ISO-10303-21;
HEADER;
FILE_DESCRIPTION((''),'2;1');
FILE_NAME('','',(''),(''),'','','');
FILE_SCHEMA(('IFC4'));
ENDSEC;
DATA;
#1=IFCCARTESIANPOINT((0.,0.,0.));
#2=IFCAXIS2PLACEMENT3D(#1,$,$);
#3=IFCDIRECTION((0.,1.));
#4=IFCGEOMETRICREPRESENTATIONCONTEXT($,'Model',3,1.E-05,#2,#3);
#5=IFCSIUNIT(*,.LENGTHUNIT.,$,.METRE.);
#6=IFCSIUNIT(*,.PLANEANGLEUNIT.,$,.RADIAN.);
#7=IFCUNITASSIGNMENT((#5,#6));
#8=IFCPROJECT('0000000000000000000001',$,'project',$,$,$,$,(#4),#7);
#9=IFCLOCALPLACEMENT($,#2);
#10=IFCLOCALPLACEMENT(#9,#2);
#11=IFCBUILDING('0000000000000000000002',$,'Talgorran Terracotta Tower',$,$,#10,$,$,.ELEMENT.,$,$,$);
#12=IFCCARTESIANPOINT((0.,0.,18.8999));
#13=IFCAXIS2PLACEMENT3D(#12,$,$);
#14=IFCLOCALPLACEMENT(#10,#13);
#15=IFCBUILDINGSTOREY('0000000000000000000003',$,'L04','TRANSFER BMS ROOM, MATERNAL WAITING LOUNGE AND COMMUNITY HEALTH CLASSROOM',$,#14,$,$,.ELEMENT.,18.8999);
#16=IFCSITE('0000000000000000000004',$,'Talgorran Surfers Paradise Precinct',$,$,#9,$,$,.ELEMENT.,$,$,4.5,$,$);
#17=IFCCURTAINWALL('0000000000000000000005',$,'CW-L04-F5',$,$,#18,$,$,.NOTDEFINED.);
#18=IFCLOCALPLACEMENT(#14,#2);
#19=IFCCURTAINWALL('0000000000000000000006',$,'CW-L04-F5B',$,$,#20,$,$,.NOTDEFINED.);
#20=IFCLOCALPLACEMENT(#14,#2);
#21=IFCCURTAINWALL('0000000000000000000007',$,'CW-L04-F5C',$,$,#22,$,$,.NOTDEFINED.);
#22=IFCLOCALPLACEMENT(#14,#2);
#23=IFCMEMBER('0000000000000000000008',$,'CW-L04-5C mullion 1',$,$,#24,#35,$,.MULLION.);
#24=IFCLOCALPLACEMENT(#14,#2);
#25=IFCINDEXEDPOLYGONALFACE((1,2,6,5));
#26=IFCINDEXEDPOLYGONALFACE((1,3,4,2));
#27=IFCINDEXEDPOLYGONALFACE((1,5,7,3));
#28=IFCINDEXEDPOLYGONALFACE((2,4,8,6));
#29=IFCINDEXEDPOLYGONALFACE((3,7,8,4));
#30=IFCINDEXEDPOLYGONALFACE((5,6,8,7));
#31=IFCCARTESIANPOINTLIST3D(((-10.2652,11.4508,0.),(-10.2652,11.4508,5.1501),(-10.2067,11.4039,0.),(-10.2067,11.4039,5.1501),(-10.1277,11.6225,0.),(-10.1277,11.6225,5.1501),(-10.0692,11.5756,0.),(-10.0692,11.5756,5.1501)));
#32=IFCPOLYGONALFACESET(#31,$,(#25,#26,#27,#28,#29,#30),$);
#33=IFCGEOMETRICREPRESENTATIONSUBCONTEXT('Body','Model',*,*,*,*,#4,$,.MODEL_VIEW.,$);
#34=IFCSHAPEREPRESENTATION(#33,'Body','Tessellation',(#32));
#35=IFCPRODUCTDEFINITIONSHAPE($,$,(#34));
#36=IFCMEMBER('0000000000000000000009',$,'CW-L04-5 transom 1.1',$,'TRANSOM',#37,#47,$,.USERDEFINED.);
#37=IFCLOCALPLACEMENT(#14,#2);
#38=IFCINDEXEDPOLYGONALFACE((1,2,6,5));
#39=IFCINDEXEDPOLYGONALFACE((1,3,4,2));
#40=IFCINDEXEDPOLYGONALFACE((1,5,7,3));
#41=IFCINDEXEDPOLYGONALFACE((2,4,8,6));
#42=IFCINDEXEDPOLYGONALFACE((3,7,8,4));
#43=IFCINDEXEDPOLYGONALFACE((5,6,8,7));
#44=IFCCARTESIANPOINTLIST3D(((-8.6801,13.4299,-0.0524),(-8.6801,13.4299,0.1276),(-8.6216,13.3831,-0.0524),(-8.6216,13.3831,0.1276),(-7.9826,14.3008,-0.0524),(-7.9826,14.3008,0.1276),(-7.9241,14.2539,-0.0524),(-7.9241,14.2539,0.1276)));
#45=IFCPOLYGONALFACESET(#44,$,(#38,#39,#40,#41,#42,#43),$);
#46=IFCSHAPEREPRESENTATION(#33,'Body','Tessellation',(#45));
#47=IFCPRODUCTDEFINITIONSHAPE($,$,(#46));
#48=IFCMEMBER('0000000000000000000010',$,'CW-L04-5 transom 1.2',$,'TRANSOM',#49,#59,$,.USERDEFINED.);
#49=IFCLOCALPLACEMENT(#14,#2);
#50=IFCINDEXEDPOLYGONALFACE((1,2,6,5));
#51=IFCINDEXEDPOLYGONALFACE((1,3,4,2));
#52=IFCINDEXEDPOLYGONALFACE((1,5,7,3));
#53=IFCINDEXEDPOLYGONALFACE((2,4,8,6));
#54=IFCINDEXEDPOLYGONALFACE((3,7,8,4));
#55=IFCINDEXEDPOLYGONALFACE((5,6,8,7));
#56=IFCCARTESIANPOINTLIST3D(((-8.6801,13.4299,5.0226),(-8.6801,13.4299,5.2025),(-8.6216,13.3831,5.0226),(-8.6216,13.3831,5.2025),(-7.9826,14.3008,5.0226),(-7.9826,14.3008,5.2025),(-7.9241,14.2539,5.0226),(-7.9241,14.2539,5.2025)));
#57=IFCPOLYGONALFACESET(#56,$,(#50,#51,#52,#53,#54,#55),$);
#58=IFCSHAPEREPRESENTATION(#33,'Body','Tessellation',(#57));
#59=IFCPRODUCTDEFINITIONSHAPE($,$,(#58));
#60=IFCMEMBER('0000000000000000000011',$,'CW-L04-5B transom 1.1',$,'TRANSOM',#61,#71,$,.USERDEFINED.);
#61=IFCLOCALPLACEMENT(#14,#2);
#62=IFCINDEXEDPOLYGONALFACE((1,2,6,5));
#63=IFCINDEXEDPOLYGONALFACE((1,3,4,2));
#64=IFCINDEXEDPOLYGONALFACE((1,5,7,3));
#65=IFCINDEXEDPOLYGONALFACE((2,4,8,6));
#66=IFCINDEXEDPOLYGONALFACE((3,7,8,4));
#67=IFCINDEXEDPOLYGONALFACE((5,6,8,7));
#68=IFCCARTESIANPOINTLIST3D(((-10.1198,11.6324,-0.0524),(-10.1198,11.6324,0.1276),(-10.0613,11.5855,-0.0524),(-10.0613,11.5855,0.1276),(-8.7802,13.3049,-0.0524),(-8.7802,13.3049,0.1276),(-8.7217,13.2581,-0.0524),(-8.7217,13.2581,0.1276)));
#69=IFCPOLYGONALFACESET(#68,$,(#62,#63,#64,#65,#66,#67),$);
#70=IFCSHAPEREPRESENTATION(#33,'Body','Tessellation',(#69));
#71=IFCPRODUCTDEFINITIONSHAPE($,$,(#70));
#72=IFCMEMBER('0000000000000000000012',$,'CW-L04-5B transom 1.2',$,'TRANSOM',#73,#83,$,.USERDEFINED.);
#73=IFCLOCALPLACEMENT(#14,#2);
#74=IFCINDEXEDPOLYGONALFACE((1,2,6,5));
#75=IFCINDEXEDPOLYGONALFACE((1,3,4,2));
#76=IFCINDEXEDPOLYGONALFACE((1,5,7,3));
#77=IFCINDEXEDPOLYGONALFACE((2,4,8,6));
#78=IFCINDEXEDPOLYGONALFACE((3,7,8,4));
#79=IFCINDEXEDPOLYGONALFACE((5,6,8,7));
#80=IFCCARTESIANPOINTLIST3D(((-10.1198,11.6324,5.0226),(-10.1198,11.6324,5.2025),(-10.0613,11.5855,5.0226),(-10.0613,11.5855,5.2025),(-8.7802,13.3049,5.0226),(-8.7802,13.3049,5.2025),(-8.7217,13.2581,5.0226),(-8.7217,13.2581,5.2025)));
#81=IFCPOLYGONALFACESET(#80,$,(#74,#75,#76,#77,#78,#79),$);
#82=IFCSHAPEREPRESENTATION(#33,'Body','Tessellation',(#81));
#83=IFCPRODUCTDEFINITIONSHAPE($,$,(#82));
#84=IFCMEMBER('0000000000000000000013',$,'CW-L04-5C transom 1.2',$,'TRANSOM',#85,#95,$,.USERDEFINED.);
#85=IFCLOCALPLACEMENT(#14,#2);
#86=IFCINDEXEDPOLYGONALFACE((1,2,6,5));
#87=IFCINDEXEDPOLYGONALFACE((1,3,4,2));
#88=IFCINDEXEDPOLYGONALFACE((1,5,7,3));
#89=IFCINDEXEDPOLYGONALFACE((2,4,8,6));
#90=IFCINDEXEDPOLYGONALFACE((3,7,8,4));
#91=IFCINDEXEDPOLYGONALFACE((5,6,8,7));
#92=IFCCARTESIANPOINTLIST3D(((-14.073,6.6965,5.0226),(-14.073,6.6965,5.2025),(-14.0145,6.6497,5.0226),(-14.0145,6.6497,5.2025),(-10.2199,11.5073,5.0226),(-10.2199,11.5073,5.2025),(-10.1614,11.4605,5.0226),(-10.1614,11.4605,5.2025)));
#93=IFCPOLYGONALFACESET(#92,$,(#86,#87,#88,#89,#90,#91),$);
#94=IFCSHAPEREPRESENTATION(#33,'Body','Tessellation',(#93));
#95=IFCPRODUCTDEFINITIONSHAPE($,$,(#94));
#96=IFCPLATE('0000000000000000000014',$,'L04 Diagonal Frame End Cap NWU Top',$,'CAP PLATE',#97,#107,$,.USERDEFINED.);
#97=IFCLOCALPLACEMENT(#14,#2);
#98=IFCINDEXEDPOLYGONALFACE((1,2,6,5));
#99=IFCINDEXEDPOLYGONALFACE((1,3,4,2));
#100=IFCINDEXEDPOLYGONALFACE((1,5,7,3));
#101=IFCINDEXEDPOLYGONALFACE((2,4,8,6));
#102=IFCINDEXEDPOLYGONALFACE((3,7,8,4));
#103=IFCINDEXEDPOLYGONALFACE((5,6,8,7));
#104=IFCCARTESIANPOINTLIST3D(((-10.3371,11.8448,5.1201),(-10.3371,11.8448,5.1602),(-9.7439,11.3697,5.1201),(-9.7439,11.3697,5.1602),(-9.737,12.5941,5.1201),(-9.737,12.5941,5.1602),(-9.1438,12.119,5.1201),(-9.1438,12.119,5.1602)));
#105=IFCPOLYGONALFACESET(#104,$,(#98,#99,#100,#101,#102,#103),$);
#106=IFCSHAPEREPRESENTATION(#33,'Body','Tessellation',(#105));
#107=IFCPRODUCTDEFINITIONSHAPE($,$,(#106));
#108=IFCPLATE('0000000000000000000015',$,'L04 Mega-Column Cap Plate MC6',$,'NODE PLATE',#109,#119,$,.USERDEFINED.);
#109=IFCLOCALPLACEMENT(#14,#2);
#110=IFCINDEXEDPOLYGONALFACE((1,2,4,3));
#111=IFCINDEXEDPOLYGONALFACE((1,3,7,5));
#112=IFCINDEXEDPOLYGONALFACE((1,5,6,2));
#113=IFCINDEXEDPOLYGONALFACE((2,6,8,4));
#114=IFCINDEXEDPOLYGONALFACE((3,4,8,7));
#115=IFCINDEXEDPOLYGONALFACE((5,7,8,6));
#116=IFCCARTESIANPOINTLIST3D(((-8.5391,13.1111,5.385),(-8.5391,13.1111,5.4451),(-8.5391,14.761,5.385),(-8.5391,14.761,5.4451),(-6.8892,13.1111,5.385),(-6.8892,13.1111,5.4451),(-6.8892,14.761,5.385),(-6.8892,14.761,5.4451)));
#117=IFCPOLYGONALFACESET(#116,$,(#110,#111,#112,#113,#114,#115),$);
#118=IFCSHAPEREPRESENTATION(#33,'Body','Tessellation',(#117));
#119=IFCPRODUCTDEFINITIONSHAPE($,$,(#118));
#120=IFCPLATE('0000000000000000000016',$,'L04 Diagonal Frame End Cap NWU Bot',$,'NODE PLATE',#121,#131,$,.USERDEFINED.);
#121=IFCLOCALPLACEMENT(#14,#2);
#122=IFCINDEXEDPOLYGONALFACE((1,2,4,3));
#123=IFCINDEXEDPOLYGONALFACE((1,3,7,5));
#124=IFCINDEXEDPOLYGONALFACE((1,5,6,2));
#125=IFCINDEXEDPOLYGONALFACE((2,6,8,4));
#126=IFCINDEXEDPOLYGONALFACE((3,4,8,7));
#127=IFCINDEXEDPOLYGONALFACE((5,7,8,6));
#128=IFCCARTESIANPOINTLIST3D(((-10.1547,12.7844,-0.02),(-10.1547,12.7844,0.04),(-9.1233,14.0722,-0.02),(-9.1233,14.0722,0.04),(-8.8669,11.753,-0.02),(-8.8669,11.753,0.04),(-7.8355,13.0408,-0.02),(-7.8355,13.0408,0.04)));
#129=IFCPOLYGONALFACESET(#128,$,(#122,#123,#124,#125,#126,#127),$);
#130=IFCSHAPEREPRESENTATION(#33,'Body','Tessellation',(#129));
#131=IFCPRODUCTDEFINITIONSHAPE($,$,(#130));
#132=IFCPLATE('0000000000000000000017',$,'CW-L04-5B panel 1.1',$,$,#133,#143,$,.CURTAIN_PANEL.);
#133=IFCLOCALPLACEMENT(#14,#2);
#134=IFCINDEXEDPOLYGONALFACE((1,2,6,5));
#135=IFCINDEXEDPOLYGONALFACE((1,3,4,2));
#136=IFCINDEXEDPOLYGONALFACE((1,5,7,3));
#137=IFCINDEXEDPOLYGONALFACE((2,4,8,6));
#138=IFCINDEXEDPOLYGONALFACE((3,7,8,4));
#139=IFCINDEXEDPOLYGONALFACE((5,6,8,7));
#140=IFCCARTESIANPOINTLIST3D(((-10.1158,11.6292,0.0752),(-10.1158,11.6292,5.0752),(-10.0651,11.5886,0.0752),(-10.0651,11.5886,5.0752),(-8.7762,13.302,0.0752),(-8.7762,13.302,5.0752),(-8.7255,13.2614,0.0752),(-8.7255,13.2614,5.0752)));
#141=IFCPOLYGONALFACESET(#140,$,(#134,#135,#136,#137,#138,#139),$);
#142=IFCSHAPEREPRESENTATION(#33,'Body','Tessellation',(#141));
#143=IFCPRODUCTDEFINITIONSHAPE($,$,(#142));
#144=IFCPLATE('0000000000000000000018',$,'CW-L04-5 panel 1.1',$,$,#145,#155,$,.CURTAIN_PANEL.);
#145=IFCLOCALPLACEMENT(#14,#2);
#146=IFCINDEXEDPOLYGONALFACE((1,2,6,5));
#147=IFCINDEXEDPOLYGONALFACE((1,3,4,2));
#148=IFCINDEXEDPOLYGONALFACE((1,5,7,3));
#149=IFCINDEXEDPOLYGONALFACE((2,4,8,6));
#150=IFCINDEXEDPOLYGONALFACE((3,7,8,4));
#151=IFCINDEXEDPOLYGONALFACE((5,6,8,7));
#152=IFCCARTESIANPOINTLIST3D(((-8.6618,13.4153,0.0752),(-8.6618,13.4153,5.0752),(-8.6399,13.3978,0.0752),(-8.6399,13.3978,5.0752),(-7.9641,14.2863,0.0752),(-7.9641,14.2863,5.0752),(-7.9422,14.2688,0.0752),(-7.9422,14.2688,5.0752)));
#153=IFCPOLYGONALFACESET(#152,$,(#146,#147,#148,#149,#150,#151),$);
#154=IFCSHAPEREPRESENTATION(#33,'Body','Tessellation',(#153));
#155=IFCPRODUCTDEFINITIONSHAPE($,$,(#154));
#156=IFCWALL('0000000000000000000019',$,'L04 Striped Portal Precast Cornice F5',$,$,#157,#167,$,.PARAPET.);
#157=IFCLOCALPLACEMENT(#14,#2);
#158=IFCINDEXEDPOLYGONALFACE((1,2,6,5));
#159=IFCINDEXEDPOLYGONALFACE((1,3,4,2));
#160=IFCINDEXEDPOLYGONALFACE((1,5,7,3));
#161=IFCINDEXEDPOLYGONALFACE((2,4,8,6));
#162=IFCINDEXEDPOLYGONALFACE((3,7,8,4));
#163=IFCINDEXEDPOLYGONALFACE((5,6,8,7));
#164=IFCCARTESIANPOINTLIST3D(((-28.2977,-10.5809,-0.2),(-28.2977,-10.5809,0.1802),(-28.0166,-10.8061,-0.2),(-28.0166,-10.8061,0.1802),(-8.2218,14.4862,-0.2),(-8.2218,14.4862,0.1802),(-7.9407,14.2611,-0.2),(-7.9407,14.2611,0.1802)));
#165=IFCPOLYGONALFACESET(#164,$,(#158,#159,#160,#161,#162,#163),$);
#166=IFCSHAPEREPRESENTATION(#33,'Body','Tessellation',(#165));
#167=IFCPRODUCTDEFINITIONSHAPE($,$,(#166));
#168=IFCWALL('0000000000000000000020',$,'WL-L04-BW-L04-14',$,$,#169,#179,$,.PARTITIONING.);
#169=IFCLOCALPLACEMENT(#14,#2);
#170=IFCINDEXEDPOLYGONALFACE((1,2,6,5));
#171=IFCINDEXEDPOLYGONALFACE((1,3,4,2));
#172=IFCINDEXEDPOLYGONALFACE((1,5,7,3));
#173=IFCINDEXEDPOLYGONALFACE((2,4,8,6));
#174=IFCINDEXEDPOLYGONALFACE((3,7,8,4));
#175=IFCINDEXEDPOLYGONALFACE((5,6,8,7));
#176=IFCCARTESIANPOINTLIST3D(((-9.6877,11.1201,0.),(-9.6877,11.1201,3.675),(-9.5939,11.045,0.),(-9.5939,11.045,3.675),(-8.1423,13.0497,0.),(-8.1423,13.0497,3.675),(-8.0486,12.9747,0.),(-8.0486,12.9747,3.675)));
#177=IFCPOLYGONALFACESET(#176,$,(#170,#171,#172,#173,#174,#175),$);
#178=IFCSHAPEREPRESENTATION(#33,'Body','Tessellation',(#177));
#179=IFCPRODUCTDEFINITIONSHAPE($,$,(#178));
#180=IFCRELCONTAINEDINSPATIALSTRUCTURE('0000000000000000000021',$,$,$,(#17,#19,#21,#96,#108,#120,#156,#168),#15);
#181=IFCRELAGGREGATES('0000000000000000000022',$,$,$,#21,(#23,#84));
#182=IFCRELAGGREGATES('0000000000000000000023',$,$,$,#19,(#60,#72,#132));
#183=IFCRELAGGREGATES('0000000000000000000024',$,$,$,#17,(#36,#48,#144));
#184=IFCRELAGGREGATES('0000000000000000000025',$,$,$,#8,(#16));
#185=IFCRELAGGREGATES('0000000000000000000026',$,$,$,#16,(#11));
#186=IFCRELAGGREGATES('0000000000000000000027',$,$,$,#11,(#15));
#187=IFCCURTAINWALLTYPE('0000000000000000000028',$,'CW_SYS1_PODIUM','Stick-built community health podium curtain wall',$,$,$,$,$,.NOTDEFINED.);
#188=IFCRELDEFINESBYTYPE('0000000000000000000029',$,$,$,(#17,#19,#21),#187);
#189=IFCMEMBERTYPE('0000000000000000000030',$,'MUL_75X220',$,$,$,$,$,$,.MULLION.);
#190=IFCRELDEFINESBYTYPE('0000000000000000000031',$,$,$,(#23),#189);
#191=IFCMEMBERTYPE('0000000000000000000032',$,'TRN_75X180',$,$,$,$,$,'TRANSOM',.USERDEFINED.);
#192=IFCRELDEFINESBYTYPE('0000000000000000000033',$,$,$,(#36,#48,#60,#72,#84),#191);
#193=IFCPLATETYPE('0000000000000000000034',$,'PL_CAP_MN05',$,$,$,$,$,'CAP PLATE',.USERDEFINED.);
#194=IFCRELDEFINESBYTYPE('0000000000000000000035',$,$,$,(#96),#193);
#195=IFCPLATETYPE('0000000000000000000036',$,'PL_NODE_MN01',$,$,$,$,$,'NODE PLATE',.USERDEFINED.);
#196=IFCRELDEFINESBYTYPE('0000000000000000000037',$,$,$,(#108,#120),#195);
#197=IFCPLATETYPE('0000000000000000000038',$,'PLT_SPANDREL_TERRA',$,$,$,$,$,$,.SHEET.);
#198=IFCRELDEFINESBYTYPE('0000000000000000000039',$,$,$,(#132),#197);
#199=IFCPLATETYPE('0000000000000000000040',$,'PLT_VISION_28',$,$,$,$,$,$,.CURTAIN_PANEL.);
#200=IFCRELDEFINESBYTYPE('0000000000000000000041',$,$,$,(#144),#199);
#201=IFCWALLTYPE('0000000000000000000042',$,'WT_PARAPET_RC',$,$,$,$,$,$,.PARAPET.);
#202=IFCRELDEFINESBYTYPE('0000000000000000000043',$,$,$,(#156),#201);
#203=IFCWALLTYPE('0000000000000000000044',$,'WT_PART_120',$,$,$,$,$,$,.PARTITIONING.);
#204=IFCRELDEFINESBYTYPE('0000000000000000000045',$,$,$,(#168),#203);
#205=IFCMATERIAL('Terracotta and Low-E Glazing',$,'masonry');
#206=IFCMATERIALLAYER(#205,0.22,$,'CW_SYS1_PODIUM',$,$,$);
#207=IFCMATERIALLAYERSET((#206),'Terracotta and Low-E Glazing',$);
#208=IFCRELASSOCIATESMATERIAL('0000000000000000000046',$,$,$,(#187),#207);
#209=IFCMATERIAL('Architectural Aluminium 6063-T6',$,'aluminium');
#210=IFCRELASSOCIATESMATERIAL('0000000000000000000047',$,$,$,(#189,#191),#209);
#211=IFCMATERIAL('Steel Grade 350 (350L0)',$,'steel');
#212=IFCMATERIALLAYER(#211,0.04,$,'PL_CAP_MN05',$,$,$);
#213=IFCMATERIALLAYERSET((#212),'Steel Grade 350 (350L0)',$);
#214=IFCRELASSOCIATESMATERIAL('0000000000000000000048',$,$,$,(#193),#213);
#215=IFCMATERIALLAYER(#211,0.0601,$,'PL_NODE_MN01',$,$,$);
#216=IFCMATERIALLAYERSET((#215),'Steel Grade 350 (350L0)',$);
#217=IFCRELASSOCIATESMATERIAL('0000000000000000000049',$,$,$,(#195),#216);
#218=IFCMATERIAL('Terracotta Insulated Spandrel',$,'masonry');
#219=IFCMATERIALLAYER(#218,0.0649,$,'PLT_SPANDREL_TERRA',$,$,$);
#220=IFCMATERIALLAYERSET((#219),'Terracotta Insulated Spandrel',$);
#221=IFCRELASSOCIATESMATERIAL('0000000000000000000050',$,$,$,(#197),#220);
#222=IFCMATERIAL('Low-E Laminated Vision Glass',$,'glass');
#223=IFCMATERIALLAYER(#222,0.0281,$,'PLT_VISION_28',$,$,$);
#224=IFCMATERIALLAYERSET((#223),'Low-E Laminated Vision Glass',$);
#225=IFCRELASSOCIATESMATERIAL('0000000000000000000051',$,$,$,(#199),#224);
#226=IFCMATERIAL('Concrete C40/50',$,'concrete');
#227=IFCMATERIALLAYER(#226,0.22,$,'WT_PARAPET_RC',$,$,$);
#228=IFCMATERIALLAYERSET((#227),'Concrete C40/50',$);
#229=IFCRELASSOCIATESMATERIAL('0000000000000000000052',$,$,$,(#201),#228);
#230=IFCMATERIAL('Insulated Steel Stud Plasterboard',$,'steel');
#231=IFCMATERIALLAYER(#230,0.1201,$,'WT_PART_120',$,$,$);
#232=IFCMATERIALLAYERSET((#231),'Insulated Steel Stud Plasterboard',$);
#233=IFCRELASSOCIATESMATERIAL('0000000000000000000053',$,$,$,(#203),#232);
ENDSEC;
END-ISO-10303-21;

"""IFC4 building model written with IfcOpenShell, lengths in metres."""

from ifc_helpers import new_model, si_unit, direction, frame, frame_2d, origin, origin_2d, place, context, subcontext, project, spatial, rectangle, extrude, source, transform, mapped, material, layer, layer_set, material_profile, profile_set, type_object, type_shapes, element, aggregate, save


model = new_model("IFC4")

# Units and contexts
model_context = context("Model", 3, precision=1e-05, world=origin(), true_north=direction((0.0, 1.0)))
body_context = subcontext(model_context, "Body", "Model", "MODEL_VIEW")
ifc_project = project(units=[si_unit("LENGTHUNIT", "METRE"), si_unit("PLANEANGLEUNIT", "RADIAN")], contexts=[model_context])

# Site, building, storey
site_placement = place(None, origin())
site = spatial("IfcSite", under=ifc_project, at=site_placement, Name="Talgorran Surfers Paradise Precinct", CompositionType="ELEMENT", RefElevation=4.5)
building_placement = place(site_placement, origin())
building = spatial("IfcBuilding", under=site, at=building_placement, Name="Talgorran Terracotta Tower", CompositionType="ELEMENT")
storey_placement = place(building_placement, frame((0.0, 0.0, 18.8999)))
storey = spatial("IfcBuildingStorey", under=building, at=storey_placement, Name="L04", Description="TRANSFER BMS ROOM, MATERNAL WAITING LOUNGE AND COMMUNITY HEALTH CLASSROOM", CompositionType="ELEMENT", Elevation=18.8999)

# Shared definitions
ifc_material_1 = material(Name="Steel Grade 350 (350L0)", Category="steel")

# Curtain walls
ifc_material_2 = material(Name="Terracotta and Low-E Glazing", Category="masonry")
ifc_layer_1 = layer(ifc_material_2, 0.22, Name="CW_SYS1_PODIUM")
ifc_layer_set_1 = layer_set([ifc_layer_1], Name="Terracotta and Low-E Glazing")
curtain_wall_type = type_object("IfcCurtainWallType", Name="CW_SYS1_PODIUM", Description="Stick-built community health podium curtain wall", PredefinedType="NOTDEFINED", material=ifc_layer_set_1)
curtain_wall_1_placement = place(storey_placement, origin())
curtain_wall_1 = element("IfcCurtainWall", 1, at=curtain_wall_1_placement, inside=storey, type_object=curtain_wall_type, Name="CW-L04-F5", PredefinedType="NOTDEFINED")
ifc_material_3 = material(Name="Architectural Aluminium 6063-T6", Category="aluminium")
ifc_material_profile_1 = material_profile(ifc_material_3, rectangle(XDim=0.075, YDim=0.22, at=origin_2d()), Name="CWM75X220")
ifc_profile_set_1 = profile_set([ifc_material_profile_1], Name="Architectural Aluminium 6063-T6")
member_type_1 = type_object("IfcMemberType", Name="MUL_75X220", PredefinedType="MULLION", material=ifc_profile_set_1)
curtain_wall_2_placement = place(storey_placement, origin())
curtain_wall_2 = element("IfcCurtainWall", 2, at=curtain_wall_2_placement, inside=storey, type_object=curtain_wall_type, Name="CW-L04-F5B", PredefinedType="NOTDEFINED")

# Curtain wall, member
curtain_wall_3_placement = place(storey_placement, origin())
curtain_wall_3 = element("IfcCurtainWall", 3, at=curtain_wall_3_placement, inside=storey, type_object=curtain_wall_type, Name="CW-L04-F5C", PredefinedType="NOTDEFINED")
member_1_placement = place(storey_placement, frame((-10.1672, 11.5132, 0.0), z_axis=(0.0, 0.0, 1.0), x_axis=(0.780533, -0.625115, 0.0)))
member_1 = element("IfcMember", 4, at=member_1_placement, type_object=member_type_1, Name="CW-L04-5C mullion 1", PredefinedType="MULLION", context=body_context, shape_type="SweptSolid", body=[
    extrude(rectangle(XDim=0.075, YDim=0.22, at=origin_2d()), origin(), (0.0, 0.0, 1.0), 5.1501),
])

# Members
ifc_material_profile_2 = material_profile(ifc_material_3, rectangle(XDim=0.075, YDim=0.1799, at=origin_2d()), Name="CWT75X180")
ifc_profile_set_2 = profile_set([ifc_material_profile_2], Name="Architectural Aluminium 6063-T6")
member_type_2 = type_object("IfcMemberType", Name="TRN_75X180", ElementType="TRANSOM", PredefinedType="USERDEFINED", material=ifc_profile_set_2)
member_2_placement = place(storey_placement, frame((-7.9534, 14.2773, 0.0376), z_axis=(-0.625149, -0.780506, 0.0), x_axis=(0.780506, -0.625149, 0.0)))
member_2 = element("IfcMember", 5, at=member_2_placement, type_object=member_type_2, Name="CW-L04-5 transom 1.1", ObjectType="TRANSOM", PredefinedType="USERDEFINED", context=body_context, shape_type="SweptSolid", body=[
    extrude(rectangle(XDim=0.075, YDim=0.1799, at=origin_2d()), origin(), (0.0, 0.0, 1.0), 1.1157),
])
member_3_placement = place(storey_placement, frame((-7.9534, 14.2773, 5.1125), z_axis=(-0.625149, -0.780506, 0.0), x_axis=(0.780506, -0.625149, 0.0)))
member_3 = element("IfcMember", 6, at=member_3_placement, type_object=member_type_2, Name="CW-L04-5 transom 1.2", ObjectType="TRANSOM", PredefinedType="USERDEFINED", context=body_context, shape_type="SweptSolid", body=[
    extrude(rectangle(XDim=0.075, YDim=0.1799, at=origin_2d()), origin(), (0.0, 0.0, 1.0), 1.1157),
])
member_4_placement = place(storey_placement, frame((-8.751, 13.2815, 0.0376), z_axis=(-0.625126, -0.780524, 0.0), x_axis=(0.780524, -0.625126, 0.0)))
member_4 = element("IfcMember", 7, at=member_4_placement, type_object=member_type_2, Name="CW-L04-5B transom 1.1", ObjectType="TRANSOM", PredefinedType="USERDEFINED", context=body_context, shape_type="SweptSolid", body=[
    extrude(rectangle(XDim=0.075, YDim=0.1799, at=origin_2d()), origin(), (0.0, 0.0, 1.0), 2.1428),
])
member_5_placement = place(storey_placement, frame((-8.751, 13.2815, 5.1125), z_axis=(-0.625126, -0.780524, 0.0), x_axis=(0.780524, -0.625126, 0.0)))
member_5 = element("IfcMember", 8, at=member_5_placement, type_object=member_type_2, Name="CW-L04-5B transom 1.2", ObjectType="TRANSOM", PredefinedType="USERDEFINED", context=body_context, shape_type="SweptSolid", body=[
    extrude(rectangle(XDim=0.075, YDim=0.1799, at=origin_2d()), origin(), (0.0, 0.0, 1.0), 2.1428),
])
member_6_placement = place(storey_placement, frame((-10.1907, 11.4839, 5.1125), z_axis=(-0.62513, -0.780521, 0.0), x_axis=(0.780521, -0.62513, 0.0)))
member_6 = element("IfcMember", 9, at=member_6_placement, type_object=member_type_2, Name="CW-L04-5C transom 1.2", ObjectType="TRANSOM", PredefinedType="USERDEFINED", context=body_context, shape_type="SweptSolid", body=[
    extrude(rectangle(XDim=0.075, YDim=0.1799, at=origin_2d()), origin(), (0.0, 0.0, 1.0), 6.1636),
])
aggregate(curtain_wall_3, [member_1, member_6])

# Plates
ifc_layer_2 = layer(ifc_material_1, 0.04, Name="PL_CAP_MN05")
ifc_layer_set_2 = layer_set([ifc_layer_2], Name="Steel Grade 350 (350L0)")
plate_type_1 = type_object("IfcPlateType", Name="PL_CAP_MN05", ElementType="CAP PLATE", PredefinedType="USERDEFINED", material=ifc_layer_set_2)
plate_1_placement = place(storey_placement, frame((-9.7405, 11.9819, 5.1201), z_axis=(0.0, 0.0, 1.0), x_axis=(-0.625106, -0.78054, 0.0)))
element("IfcPlate", 10, at=plate_1_placement, inside=storey, type_object=plate_type_1, Name="L04 Diagonal Frame End Cap NWU Top", ObjectType="CAP PLATE", PredefinedType="USERDEFINED", context=body_context, shape_type="SweptSolid", body=[
    extrude(rectangle(XDim=0.96, YDim=0.76, at=origin_2d()), origin(), (0.0, 0.0, 1.0), 0.04),
])
ifc_layer_3 = layer(ifc_material_1, 0.0601, Name="PL_NODE_MN01")
ifc_layer_set_3 = layer_set([ifc_layer_3], Name="Steel Grade 350 (350L0)")
plate_type_2 = type_object("IfcPlateType", Name="PL_NODE_MN01", ElementType="NODE PLATE", PredefinedType="USERDEFINED", material=ifc_layer_set_3)
for number, where, z_axis, x_axis, name in (
    (11, (-7.7141, 13.936, 5.385), (0.0, 0.0, 1.0), (1.0, 0.0, 0.0), "L04 Mega-Column Cap Plate MC6"),
    (12, (-8.9951, 12.9126, -0.02), (0.0, 0.0, 1.0), (-0.625106, -0.78054, 0.0), "L04 Diagonal Frame End Cap NWU Bot"),
):
    element("IfcPlate", number, at=place(storey_placement, frame(where, z_axis=z_axis, x_axis=x_axis)), inside=storey, type_object=plate_type_2, Name=name, ObjectType="NODE PLATE", PredefinedType="USERDEFINED", context=body_context, shape_type="SweptSolid", body=[
        extrude(rectangle(XDim=1.6499, YDim=1.6499, at=origin_2d()), origin(), (0.0, 0.0, 1.0), 0.0601),
    ])

# Plates
ifc_material_4 = material(Name="Terracotta Insulated Spandrel", Category="masonry")
ifc_layer_4 = layer(ifc_material_4, 0.0649, Name="PLT_SPANDREL_TERRA")
ifc_layer_set_4 = layer_set([ifc_layer_4], Name="Terracotta Insulated Spandrel")
plate_type_3 = type_object("IfcPlateType", Name="PLT_SPANDREL_TERRA", PredefinedType="SHEET", material=ifc_layer_set_4)
shared_shape_1 = source(origin(), body_context, "Body", "SweptSolid", [
    extrude(rectangle(XDim=2.1431, YDim=0.0649, at=origin_2d()), origin(), (0.0, 0.0, 1.0), 5.0),
])
type_shapes(plate_type_3, [shared_shape_1])
plate_2_placement = place(storey_placement, frame((-9.4207, 12.4453, 0.0752), z_axis=(0.0, 0.0, 1.0), x_axis=(-0.62511, -0.780537, 0.0)))
plate_2 = element("IfcPlate", 13, at=plate_2_placement, type_object=plate_type_3, Name="CW-L04-5B panel 1.1", PredefinedType="CURTAIN_PANEL", context=body_context, shape_type="MappedRepresentation", body=[
    mapped(shared_shape_1, transform((0.0, 0.0, 0.0), scale=1.0)),
])
aggregate(curtain_wall_2, [member_4, member_5, plate_2])
ifc_material_5 = material(Name="Low-E Laminated Vision Glass", Category="glass")
ifc_layer_5 = layer(ifc_material_5, 0.0281, Name="PLT_VISION_28")
ifc_layer_set_5 = layer_set([ifc_layer_5], Name="Low-E Laminated Vision Glass")
plate_type_4 = type_object("IfcPlateType", Name="PLT_VISION_28", PredefinedType="CURTAIN_PANEL", material=ifc_layer_set_5)
shared_shape_2 = source(origin(), body_context, "Body", "SweptSolid", [
    extrude(rectangle(XDim=1.116, YDim=0.0281, at=origin_2d()), origin(), (0.0, 0.0, 1.0), 5.0),
])
type_shapes(plate_type_4, [shared_shape_2])
plate_3_placement = place(storey_placement, frame((-8.302, 13.842, 0.0752), z_axis=(0.0, 0.0, 1.0), x_axis=(-0.625138, -0.780514, 0.0)))
plate_3 = element("IfcPlate", 14, at=plate_3_placement, type_object=plate_type_4, Name="CW-L04-5 panel 1.1", PredefinedType="CURTAIN_PANEL", context=body_context, shape_type="MappedRepresentation", body=[
    mapped(shared_shape_2, transform((0.0, 0.0, 0.0), scale=1.0)),
])
aggregate(curtain_wall_1, [member_2, member_3, plate_3])

# Walls
ifc_material_6 = material(Name="Concrete C40/50", Category="concrete")
ifc_layer_6 = layer(ifc_material_6, 0.22, Name="WT_PARAPET_RC")
ifc_layer_set_6 = layer_set([ifc_layer_6], Name="Concrete C40/50")
wall_type_1 = type_object("IfcWallType", Name="WT_PARAPET_RC", PredefinedType="PARAPET", material=ifc_layer_set_6)
wall_1_placement = place(storey_placement, frame((-8.0813, 14.3735, -0.2), z_axis=(0.0, 0.0, 1.0), x_axis=(-0.625117, -0.780531, 0.0)))
element("IfcWall", 15, at=wall_1_placement, inside=storey, type_object=wall_type_1, Name="L04 Striped Portal Precast Cornice F5", PredefinedType="PARAPET", context=body_context, shape_type="SweptSolid", body=[
    extrude(rectangle(XDim=32.1155, YDim=0.3601, at=frame_2d((16.0576, 0.0))), origin(), (0.0, 0.0, 1.0), 0.3801),
])
ifc_material_7 = material(Name="Insulated Steel Stud Plasterboard", Category="steel")
ifc_layer_7 = layer(ifc_material_7, 0.1201, Name="WT_PART_120")
ifc_layer_set_7 = layer_set([ifc_layer_7], Name="Insulated Steel Stud Plasterboard")
wall_type_2 = type_object("IfcWallType", Name="WT_PART_120", PredefinedType="PARTITIONING", material=ifc_layer_set_7)
wall_2_placement = place(storey_placement, frame((-8.0955, 13.0122, 0.0), z_axis=(0.0, 0.0, 1.0), x_axis=(-0.625104, -0.780541, 0.0)))
element("IfcWall", 16, at=wall_2_placement, inside=storey, type_object=wall_type_2, Name="WL-L04-BW-L04-14", PredefinedType="PARTITIONING", context=body_context, shape_type="SweptSolid", body=[
    extrude(rectangle(XDim=2.4722, YDim=0.1201, at=frame_2d((1.2361, 0.0))), origin(), (0.0, 0.0, 1.0), 3.675),
])

save(model, "model.ifc")
